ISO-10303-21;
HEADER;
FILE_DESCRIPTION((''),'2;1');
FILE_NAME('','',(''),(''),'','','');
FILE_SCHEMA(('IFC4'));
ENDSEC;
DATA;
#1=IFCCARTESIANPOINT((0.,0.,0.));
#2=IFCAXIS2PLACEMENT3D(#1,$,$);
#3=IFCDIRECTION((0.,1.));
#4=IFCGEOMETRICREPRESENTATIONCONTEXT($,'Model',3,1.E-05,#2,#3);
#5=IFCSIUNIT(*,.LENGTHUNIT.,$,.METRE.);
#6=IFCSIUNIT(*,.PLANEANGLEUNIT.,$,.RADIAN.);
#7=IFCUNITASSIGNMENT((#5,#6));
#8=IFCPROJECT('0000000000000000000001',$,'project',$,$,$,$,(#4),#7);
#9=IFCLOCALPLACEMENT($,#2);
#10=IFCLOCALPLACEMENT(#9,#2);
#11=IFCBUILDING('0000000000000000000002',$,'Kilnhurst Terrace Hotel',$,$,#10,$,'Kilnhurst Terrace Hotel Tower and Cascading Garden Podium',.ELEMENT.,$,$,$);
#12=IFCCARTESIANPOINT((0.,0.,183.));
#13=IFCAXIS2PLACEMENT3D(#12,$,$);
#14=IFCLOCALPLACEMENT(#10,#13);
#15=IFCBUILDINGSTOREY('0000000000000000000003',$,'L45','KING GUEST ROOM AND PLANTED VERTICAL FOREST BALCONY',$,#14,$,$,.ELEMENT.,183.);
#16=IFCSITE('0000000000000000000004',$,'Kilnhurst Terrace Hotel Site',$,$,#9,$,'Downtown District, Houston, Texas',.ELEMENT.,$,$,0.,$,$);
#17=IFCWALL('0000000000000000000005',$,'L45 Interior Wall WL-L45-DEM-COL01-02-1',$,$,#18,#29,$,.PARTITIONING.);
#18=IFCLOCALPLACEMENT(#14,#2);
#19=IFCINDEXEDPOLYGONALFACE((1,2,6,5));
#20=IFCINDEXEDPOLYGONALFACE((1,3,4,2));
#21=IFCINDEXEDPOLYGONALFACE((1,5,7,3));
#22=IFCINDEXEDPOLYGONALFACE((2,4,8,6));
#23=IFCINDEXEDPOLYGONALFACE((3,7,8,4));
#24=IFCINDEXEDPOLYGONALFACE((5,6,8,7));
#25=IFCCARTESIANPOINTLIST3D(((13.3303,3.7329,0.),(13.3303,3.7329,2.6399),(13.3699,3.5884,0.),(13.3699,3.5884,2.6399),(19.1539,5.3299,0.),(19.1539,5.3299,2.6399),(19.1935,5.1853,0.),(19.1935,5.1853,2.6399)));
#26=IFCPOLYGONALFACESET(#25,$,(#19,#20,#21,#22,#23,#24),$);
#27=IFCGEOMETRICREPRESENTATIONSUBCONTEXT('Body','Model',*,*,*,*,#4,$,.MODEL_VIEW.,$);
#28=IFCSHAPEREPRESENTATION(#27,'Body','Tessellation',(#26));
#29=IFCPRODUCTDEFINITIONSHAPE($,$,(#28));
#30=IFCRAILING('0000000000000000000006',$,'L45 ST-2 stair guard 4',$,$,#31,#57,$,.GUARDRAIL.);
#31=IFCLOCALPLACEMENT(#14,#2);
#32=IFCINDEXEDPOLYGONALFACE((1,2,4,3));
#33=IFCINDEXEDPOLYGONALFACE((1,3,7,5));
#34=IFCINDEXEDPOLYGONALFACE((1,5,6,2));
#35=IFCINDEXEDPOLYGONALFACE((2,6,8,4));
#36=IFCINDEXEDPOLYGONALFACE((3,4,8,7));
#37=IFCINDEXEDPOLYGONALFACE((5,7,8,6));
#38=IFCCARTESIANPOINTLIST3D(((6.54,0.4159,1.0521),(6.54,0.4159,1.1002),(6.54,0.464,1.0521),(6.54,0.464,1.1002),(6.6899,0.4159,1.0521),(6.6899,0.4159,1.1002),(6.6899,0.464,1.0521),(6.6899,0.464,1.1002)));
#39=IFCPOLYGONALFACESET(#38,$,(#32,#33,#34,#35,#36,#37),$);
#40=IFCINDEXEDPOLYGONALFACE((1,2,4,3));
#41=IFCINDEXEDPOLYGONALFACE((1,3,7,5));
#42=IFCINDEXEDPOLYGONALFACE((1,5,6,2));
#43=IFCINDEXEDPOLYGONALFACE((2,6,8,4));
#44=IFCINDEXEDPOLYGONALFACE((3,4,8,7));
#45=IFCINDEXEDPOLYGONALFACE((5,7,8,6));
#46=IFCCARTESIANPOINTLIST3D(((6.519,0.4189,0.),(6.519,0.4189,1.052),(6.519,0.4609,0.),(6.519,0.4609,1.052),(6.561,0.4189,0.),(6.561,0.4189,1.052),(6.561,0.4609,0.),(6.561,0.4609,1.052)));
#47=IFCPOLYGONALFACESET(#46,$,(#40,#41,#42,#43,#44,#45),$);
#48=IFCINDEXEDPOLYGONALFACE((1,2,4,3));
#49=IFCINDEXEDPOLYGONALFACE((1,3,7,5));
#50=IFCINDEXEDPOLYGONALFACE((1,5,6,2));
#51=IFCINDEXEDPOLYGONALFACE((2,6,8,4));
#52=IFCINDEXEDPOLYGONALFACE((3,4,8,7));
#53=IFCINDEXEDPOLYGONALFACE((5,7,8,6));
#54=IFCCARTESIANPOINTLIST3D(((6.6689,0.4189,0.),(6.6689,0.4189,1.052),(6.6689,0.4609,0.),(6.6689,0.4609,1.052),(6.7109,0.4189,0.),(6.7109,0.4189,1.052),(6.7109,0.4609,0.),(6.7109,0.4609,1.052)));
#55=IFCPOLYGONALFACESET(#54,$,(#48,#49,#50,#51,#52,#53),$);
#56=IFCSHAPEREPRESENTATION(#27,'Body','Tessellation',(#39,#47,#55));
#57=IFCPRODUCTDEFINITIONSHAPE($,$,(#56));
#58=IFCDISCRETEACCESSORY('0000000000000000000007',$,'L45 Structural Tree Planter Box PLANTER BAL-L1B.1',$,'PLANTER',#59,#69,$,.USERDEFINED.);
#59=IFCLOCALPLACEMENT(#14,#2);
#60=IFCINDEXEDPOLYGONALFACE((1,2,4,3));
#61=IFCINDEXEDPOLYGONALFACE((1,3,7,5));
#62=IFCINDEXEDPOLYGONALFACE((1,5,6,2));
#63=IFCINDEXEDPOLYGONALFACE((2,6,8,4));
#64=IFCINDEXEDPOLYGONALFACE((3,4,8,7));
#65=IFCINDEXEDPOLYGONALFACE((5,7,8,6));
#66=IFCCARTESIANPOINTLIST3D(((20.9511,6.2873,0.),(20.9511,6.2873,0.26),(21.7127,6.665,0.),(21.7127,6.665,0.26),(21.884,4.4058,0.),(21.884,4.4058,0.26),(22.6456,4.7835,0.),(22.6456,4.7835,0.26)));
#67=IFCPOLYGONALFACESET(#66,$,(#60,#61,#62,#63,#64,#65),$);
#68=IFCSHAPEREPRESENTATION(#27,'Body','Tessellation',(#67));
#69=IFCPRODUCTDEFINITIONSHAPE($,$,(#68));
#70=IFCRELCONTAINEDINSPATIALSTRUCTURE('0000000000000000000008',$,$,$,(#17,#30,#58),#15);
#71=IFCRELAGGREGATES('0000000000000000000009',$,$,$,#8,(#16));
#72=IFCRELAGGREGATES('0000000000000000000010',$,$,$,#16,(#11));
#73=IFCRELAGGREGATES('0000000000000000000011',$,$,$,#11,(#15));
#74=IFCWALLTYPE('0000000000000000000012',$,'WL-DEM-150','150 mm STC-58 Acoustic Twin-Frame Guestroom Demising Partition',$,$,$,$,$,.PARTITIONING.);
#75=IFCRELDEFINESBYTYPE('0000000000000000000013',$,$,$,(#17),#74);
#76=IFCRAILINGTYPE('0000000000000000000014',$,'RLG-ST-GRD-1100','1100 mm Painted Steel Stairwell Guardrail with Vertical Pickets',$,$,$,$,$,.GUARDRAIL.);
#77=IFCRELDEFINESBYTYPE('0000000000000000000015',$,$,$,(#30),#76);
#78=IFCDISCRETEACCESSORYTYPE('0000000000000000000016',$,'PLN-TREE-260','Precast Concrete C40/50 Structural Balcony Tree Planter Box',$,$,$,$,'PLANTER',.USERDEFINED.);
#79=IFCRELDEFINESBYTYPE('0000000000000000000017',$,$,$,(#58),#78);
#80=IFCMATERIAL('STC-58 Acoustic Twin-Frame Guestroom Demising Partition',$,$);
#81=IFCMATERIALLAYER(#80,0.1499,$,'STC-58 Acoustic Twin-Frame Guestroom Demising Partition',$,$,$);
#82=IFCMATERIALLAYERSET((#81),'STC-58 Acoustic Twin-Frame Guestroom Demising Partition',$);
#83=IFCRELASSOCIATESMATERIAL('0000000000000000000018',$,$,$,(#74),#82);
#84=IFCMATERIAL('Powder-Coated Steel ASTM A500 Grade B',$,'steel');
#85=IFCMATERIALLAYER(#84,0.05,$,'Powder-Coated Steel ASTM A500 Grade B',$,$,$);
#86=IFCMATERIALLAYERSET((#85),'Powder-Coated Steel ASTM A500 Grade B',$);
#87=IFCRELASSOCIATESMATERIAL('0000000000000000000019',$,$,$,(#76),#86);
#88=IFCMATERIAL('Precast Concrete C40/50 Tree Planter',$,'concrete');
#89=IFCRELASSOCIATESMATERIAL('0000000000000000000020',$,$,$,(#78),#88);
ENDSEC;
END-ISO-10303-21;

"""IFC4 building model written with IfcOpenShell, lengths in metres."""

from ifc_helpers import new_model, si_unit, direction, frame, frame_2d, origin, origin_2d, place, context, subcontext, project, spatial, rectangle, extrude, material, layer, layer_set, type_object, element, save


model = new_model("IFC4")

# Units and contexts
model_context = context("Model", 3, precision=1e-05, world=origin(), true_north=direction((0.0, 1.0)))
body_context = subcontext(model_context, "Body", "Model", "MODEL_VIEW")
ifc_project = project(units=[si_unit("LENGTHUNIT", "METRE"), si_unit("PLANEANGLEUNIT", "RADIAN")], contexts=[model_context])

# Site, building, storey
site_placement = place(None, origin())
site = spatial("IfcSite", under=ifc_project, at=site_placement, Name="Kilnhurst Terrace Hotel Site", LongName="Downtown District, Houston, Texas", CompositionType="ELEMENT", RefElevation=0.0)
building_placement = place(site_placement, origin())
building = spatial("IfcBuilding", under=site, at=building_placement, Name="Kilnhurst Terrace Hotel", LongName="Kilnhurst Terrace Hotel Tower and Cascading Garden Podium", CompositionType="ELEMENT")
storey_placement = place(building_placement, frame((0.0, 0.0, 183.0)))
storey = spatial("IfcBuildingStorey", under=building, at=storey_placement, Name="L45", Description="KING GUEST ROOM AND PLANTED VERTICAL FOREST BALCONY", CompositionType="ELEMENT", Elevation=183.0)

# Wall
ifc_material_1 = material(Name="STC-58 Acoustic Twin-Frame Guestroom Demising Partition")
ifc_layer_1 = layer(ifc_material_1, 0.1499, Name="STC-58 Acoustic Twin-Frame Guestroom Demising Partition")
ifc_layer_set_1 = layer_set([ifc_layer_1], Name="STC-58 Acoustic Twin-Frame Guestroom Demising Partition")
wall_type_1 = type_object("IfcWallType", Name="WL-DEM-150", Description="150 mm STC-58 Acoustic Twin-Frame Guestroom Demising Partition", PredefinedType="PARTITIONING", material=ifc_layer_set_1)
wall_1_placement = place(storey_placement, frame((13.3501, 3.6606, 0.0), z_axis=(0.0, 0.0, 1.0), x_axis=(0.964397, 0.264458, 0.0)))
element("IfcWall", 1, at=wall_1_placement, inside=storey, type_object=wall_type_1, Name="L45 Interior Wall WL-L45-DEM-COL01-02-1", PredefinedType="PARTITIONING", context=body_context, shape_type="SweptSolid", body=[
    extrude(rectangle(XDim=6.0386, YDim=0.1499, at=frame_2d((3.0193, 0.0))), origin(), (0.0, 0.0, 1.0), 2.6399),
])

# Railing
ifc_material_2 = material(Name="Powder-Coated Steel ASTM A500 Grade B", Category="steel")
ifc_layer_2 = layer(ifc_material_2, 0.05, Name="Powder-Coated Steel ASTM A500 Grade B")
ifc_layer_set_2 = layer_set([ifc_layer_2], Name="Powder-Coated Steel ASTM A500 Grade B")
railing_type = type_object("IfcRailingType", Name="RLG-ST-GRD-1100", Description="1100 mm Painted Steel Stairwell Guardrail with Vertical Pickets", PredefinedType="GUARDRAIL", material=ifc_layer_set_2)
railing_placement = place(storey_placement, frame((6.54, 0.4399, 0.0)))
element("IfcRailing", 2, at=railing_placement, inside=storey, type_object=railing_type, Name="L45 ST-2 stair guard 4", PredefinedType="GUARDRAIL", context=body_context, shape_type="SweptSolid", body=[
    extrude(rectangle(XDim=0.0481, YDim=0.0481, at=origin_2d()), frame((0.0, 0.0, 1.0762), z_axis=(1.0, 0.0, 0.0), x_axis=(0.0, 1.0, 0.0)), (0.0, 0.0, 1.0), 0.1499),
    extrude(rectangle(XDim=0.042, YDim=0.042, at=origin_2d()), origin(), (0.0, 0.0, 1.0), 1.052),
    extrude(rectangle(XDim=0.042, YDim=0.042, at=origin_2d()), frame((0.1499, 0.0, 0.0)), (0.0, 0.0, 1.0), 1.052),
])

# Discrete accessory
ifc_material_3 = material(Name="Precast Concrete C40/50 Tree Planter", Category="concrete")
discrete_accessory_type = type_object("IfcDiscreteAccessoryType", Name="PLN-TREE-260", Description="Precast Concrete C40/50 Structural Balcony Tree Planter Box", ElementType="PLANTER", PredefinedType="USERDEFINED", material=ifc_material_3)
discrete_accessory_placement = place(storey_placement, frame((21.7983, 5.5354, 0.0), z_axis=(0.0, 0.0, 1.0), x_axis=(-0.444244, 0.895906, 0.0)))
element("IfcDiscreteAccessory", 3, at=discrete_accessory_placement, inside=storey, type_object=discrete_accessory_type, Name="L45 Structural Tree Planter Box PLANTER BAL-L1B.1", ObjectType="PLANTER", PredefinedType="USERDEFINED", context=body_context, shape_type="SweptSolid", body=[
    extrude(rectangle(XDim=2.1001, YDim=0.8501, at=origin_2d()), origin(), (0.0, 0.0, 1.0), 0.26),
])

save(model, "model.ifc")
